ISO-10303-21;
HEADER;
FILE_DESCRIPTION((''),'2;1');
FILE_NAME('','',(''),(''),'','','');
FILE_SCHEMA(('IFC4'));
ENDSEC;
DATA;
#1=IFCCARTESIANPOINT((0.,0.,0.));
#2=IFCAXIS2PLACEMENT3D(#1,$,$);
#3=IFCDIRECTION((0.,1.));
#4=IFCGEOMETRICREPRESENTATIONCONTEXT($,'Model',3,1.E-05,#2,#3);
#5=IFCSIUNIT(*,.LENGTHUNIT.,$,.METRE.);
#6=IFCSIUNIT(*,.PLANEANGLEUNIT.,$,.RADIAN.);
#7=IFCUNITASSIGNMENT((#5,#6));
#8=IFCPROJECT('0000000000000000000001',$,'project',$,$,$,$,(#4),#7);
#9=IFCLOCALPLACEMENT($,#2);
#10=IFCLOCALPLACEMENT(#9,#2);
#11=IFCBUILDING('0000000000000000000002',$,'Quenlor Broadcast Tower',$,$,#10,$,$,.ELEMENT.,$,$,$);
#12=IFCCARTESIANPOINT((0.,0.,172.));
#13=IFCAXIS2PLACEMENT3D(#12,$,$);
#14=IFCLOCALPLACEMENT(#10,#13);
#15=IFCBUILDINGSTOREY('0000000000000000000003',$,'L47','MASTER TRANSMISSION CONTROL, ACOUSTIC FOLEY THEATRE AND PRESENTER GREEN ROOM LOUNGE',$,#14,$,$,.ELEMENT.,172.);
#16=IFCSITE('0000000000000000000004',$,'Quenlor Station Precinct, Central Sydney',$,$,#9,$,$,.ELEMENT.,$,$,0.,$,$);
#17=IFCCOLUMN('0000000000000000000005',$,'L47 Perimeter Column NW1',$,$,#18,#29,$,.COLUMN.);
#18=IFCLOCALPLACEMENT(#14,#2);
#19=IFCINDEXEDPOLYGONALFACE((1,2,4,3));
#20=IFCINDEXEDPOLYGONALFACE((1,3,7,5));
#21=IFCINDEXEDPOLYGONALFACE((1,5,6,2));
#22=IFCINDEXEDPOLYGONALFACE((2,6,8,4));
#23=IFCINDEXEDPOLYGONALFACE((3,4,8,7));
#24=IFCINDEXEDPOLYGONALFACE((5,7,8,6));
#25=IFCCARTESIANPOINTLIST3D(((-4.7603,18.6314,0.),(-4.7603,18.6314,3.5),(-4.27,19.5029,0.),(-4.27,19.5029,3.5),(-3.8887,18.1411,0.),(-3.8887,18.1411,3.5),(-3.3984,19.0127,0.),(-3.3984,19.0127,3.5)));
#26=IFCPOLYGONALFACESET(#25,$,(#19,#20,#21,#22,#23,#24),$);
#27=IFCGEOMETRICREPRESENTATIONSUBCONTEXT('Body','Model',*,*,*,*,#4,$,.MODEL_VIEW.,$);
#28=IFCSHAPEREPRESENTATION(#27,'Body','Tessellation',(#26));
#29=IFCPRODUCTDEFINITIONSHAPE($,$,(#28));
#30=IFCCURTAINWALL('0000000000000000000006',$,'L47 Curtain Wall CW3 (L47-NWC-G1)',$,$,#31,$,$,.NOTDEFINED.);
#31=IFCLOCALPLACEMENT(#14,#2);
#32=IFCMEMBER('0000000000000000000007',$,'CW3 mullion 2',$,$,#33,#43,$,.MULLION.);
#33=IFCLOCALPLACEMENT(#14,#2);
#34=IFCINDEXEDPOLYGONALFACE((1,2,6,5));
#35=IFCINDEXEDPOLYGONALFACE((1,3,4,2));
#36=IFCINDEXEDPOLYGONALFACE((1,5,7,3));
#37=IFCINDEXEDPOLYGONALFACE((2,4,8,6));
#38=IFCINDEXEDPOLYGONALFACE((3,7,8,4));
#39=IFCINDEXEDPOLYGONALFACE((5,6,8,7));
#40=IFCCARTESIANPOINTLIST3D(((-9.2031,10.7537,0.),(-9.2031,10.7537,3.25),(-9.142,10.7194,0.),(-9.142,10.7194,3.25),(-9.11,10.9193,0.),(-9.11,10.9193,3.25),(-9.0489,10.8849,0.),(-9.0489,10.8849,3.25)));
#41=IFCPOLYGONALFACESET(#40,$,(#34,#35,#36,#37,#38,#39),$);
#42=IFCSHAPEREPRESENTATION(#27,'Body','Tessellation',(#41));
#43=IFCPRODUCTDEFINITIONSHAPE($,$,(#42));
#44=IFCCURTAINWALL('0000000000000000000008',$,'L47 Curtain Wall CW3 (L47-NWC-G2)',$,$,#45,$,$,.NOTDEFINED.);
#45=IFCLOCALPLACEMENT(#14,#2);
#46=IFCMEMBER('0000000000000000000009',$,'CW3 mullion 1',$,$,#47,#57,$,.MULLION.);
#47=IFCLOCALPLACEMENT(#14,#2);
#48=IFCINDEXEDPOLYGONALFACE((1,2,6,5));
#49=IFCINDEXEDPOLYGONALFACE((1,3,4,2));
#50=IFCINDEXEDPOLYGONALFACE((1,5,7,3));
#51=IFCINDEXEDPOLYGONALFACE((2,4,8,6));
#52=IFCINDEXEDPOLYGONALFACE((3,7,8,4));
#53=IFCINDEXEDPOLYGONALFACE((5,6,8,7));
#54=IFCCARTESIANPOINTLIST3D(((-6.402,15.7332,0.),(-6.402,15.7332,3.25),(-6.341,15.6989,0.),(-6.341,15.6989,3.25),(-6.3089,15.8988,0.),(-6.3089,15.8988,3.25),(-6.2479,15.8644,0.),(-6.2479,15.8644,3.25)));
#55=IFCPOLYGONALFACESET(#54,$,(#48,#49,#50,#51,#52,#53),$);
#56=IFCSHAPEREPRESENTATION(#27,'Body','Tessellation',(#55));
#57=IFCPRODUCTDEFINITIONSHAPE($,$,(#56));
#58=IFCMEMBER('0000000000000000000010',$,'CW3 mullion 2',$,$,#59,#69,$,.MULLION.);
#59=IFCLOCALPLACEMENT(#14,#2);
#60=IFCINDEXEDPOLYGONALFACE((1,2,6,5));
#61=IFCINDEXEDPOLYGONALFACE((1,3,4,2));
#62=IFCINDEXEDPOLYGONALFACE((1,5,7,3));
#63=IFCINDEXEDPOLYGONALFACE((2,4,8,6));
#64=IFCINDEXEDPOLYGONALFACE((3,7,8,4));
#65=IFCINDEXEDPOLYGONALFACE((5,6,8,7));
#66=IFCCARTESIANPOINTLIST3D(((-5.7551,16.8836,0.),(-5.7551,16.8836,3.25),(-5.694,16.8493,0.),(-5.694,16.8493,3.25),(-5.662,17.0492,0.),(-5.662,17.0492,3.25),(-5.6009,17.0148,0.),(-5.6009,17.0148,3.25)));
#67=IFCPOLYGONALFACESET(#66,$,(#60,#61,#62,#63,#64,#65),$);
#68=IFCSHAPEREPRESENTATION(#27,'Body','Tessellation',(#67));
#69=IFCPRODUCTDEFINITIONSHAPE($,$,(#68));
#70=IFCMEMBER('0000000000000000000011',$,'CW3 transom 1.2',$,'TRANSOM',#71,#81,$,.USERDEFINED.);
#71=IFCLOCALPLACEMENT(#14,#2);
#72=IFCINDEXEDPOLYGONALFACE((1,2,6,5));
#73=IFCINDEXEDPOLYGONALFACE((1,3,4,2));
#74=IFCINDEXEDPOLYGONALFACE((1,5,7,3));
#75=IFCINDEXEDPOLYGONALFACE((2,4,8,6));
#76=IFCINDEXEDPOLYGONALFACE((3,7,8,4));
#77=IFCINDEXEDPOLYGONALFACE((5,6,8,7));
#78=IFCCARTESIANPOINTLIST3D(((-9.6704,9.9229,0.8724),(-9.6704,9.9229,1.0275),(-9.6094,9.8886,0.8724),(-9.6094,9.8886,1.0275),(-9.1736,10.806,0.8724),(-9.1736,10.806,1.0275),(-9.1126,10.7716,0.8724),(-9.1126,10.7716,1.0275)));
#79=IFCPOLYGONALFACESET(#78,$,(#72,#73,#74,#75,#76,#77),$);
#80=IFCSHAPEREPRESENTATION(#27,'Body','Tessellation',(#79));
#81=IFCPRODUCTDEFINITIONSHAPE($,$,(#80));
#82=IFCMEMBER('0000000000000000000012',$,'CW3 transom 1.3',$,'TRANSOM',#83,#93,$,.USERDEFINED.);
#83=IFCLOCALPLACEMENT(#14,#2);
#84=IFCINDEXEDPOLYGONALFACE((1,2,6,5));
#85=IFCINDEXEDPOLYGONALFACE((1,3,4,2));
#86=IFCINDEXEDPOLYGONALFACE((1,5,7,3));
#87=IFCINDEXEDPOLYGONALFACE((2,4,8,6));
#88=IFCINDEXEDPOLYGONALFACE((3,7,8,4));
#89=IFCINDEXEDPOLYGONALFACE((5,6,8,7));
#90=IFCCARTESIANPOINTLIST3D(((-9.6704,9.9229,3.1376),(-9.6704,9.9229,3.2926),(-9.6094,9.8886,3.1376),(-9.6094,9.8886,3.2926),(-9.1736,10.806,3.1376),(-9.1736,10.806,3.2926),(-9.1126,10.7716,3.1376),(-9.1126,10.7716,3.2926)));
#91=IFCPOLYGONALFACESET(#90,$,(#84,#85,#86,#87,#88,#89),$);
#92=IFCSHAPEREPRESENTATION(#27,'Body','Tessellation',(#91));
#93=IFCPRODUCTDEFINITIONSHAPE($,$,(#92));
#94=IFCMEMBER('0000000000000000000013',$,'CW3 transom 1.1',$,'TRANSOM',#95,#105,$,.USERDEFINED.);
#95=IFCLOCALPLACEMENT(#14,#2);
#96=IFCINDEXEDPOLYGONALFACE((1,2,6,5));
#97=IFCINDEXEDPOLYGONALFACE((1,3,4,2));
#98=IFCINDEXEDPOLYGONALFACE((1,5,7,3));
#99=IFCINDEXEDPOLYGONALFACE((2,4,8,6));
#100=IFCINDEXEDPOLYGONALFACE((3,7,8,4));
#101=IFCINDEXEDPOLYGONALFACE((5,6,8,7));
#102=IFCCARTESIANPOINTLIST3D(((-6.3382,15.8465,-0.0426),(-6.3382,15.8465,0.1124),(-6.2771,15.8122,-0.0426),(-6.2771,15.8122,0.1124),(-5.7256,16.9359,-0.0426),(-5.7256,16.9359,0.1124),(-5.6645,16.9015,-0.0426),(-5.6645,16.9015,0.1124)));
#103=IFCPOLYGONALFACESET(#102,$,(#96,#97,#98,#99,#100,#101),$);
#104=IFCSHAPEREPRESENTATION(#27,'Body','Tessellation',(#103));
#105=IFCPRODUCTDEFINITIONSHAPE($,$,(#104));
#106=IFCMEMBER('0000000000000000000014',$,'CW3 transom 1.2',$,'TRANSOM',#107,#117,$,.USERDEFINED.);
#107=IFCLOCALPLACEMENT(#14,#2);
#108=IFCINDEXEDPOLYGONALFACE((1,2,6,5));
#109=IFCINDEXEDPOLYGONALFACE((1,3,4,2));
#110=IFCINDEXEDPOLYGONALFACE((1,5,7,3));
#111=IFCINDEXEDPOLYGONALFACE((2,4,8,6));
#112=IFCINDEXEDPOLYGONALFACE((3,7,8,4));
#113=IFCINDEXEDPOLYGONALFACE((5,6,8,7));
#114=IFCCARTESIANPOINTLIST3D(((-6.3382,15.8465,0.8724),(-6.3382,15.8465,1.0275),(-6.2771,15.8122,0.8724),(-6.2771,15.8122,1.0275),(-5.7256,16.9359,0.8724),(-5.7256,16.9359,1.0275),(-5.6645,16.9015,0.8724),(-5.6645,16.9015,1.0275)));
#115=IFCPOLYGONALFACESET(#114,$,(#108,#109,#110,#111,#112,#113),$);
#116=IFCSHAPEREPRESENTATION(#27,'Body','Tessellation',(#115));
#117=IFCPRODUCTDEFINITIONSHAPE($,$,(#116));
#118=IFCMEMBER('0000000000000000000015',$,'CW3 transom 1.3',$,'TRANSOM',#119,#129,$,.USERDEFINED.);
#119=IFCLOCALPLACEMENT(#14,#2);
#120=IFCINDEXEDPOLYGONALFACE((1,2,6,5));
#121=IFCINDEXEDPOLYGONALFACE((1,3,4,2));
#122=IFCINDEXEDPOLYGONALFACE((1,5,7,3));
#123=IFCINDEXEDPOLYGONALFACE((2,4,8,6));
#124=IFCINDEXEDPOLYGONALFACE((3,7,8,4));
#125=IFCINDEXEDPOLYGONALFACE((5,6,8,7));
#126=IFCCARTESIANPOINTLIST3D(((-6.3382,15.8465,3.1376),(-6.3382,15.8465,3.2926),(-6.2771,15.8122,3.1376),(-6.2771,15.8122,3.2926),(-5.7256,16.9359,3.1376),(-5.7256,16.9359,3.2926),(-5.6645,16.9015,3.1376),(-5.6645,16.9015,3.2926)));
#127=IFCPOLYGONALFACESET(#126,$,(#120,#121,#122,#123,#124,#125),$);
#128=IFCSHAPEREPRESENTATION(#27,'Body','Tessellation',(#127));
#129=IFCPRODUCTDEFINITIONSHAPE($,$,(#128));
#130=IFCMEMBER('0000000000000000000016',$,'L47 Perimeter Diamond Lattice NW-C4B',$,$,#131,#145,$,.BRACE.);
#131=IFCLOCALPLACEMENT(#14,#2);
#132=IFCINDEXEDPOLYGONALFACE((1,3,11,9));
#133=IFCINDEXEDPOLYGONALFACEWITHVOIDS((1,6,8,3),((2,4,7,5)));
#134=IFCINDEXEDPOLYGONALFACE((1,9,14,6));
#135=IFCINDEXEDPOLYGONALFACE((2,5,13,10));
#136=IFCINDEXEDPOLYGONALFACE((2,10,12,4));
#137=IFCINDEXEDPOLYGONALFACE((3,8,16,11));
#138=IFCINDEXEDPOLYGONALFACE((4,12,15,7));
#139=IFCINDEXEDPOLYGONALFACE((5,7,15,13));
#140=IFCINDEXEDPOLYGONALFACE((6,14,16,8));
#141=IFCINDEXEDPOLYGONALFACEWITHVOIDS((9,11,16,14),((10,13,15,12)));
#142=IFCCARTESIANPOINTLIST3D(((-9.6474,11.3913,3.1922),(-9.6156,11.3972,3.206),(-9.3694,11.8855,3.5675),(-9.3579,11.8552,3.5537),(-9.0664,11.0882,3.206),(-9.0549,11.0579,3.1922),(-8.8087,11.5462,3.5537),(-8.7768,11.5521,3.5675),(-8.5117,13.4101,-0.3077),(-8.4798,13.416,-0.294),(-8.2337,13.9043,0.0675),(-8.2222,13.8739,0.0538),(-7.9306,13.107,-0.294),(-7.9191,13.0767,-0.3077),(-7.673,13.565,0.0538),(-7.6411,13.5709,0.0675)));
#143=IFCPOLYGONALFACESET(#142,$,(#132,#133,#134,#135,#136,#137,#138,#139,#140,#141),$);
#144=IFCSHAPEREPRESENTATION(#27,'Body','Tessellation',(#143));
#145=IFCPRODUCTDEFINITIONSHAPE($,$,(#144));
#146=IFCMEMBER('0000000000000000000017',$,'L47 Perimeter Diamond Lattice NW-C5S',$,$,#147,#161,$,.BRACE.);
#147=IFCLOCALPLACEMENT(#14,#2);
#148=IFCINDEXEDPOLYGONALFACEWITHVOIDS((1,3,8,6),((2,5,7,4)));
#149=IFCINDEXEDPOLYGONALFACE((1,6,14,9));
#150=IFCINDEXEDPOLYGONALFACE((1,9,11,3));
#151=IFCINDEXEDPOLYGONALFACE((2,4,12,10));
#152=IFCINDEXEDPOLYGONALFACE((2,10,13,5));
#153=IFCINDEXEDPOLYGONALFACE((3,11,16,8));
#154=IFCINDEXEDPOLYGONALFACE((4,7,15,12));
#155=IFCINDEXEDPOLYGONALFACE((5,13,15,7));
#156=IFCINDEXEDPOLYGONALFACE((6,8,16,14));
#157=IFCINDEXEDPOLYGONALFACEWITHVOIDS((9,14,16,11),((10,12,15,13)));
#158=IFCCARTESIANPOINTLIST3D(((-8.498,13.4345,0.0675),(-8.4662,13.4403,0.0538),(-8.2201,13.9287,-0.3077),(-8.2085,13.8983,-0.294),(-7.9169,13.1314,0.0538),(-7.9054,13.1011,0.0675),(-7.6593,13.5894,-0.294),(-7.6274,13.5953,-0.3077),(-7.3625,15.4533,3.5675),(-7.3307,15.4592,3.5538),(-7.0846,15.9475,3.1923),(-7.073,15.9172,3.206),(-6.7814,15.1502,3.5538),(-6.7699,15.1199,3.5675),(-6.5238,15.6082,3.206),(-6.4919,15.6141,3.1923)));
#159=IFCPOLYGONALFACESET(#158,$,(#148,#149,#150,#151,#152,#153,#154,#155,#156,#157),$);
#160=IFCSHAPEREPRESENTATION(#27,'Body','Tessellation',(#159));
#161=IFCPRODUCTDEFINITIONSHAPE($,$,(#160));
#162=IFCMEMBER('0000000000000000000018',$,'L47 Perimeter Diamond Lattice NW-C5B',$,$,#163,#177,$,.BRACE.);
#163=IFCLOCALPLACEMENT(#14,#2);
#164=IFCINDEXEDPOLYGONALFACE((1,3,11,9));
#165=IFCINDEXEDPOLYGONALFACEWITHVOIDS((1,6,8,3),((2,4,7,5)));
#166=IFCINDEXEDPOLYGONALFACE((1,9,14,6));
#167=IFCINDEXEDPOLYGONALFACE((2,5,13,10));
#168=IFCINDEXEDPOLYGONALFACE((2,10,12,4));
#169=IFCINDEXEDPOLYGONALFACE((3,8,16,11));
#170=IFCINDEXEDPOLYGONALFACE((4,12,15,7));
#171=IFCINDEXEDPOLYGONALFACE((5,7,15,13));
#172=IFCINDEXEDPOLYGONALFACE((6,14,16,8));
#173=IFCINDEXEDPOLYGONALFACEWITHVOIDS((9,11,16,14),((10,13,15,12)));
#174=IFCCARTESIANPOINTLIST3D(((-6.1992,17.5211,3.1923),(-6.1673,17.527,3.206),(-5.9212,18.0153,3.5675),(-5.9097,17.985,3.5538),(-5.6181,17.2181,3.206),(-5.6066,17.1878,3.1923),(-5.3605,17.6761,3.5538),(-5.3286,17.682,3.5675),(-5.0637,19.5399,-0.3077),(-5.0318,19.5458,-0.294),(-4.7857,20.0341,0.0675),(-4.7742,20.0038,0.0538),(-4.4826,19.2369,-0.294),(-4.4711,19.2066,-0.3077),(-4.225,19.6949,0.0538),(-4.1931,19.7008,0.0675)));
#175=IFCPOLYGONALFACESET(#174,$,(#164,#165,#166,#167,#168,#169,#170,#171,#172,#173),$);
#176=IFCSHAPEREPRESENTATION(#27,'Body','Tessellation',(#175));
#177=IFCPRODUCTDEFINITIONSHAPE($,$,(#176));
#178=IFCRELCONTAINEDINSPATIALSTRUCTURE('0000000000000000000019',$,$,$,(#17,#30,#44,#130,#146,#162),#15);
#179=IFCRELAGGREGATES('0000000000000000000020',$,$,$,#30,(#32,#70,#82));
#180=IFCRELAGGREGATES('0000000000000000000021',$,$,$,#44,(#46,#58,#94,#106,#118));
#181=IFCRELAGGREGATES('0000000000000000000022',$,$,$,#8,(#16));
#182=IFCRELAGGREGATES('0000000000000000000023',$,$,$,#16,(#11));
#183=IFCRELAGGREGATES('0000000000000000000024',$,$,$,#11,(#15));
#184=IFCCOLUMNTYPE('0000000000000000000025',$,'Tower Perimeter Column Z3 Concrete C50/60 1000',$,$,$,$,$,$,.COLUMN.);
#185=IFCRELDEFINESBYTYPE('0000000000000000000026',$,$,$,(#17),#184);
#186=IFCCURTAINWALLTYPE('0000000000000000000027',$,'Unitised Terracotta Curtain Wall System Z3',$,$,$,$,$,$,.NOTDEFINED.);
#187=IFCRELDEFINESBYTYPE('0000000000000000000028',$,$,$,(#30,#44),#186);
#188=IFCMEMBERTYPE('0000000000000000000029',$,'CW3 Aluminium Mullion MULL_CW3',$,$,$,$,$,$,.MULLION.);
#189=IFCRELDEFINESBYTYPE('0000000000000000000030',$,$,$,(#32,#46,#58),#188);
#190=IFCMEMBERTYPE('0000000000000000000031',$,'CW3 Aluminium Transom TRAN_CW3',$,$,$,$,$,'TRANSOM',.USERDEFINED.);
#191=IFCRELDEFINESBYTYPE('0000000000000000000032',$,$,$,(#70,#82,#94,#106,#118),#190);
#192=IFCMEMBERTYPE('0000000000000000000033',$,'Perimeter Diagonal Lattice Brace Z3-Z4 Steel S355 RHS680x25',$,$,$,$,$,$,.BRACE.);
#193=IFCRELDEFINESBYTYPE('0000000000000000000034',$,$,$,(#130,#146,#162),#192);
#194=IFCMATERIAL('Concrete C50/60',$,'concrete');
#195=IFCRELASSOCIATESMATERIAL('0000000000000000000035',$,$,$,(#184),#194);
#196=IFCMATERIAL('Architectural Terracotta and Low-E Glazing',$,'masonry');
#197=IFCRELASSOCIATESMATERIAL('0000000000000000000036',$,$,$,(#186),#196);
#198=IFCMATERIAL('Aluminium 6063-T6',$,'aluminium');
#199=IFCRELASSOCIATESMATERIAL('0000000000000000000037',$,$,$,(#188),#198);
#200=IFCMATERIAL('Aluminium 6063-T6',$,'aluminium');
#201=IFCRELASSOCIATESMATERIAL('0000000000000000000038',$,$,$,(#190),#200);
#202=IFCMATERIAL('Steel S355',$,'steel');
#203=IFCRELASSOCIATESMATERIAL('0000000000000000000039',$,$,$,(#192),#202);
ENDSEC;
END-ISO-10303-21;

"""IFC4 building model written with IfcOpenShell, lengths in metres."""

from ifc_helpers import new_model, si_unit, direction, frame, origin, origin_2d, place, context, subcontext, project, spatial, rectangle, hollow_rectangle, extrude, material, material_profile, profile_set, type_object, element, aggregate, save


model = new_model("IFC4")

# Units and contexts
model_context = context("Model", 3, precision=1e-05, world=origin(), true_north=direction((0.0, 1.0)))
body_context = subcontext(model_context, "Body", "Model", "MODEL_VIEW")
ifc_project = project(units=[si_unit("LENGTHUNIT", "METRE"), si_unit("PLANEANGLEUNIT", "RADIAN")], contexts=[model_context])

# Site, building, storey
site_placement = place(None, origin())
site = spatial("IfcSite", under=ifc_project, at=site_placement, Name="Quenlor Station Precinct, Central Sydney", CompositionType="ELEMENT", RefElevation=0.0)
building_placement = place(site_placement, origin())
building = spatial("IfcBuilding", under=site, at=building_placement, Name="Quenlor Broadcast Tower", CompositionType="ELEMENT")
storey_placement = place(building_placement, frame((0.0, 0.0, 172.0)))
storey = spatial("IfcBuildingStorey", under=building, at=storey_placement, Name="L47", Description="MASTER TRANSMISSION CONTROL, ACOUSTIC FOLEY THEATRE AND PRESENTER GREEN ROOM LOUNGE", CompositionType="ELEMENT", Elevation=172.0)

# Column
ifc_material_1 = material(Name="Concrete C50/60", Category="concrete")
ifc_material_profile_1 = material_profile(ifc_material_1, rectangle(XDim=1.0, YDim=1.0, at=origin_2d()))
ifc_profile_set_1 = profile_set([ifc_material_profile_1], Name="Concrete C50/60 RC1000x1000")
column_type = type_object("IfcColumnType", Name="Tower Perimeter Column Z3 Concrete C50/60 1000", PredefinedType="COLUMN", material=ifc_profile_set_1)
column_placement = place(storey_placement, frame((-4.0793, 18.822, 0.0), z_axis=(0.0, 0.0, 1.0), x_axis=(-0.871575, 0.490262, 0.0)))
element("IfcColumn", 1, at=column_placement, inside=storey, type_object=column_type, Name="L47 Perimeter Column NW1", PredefinedType="COLUMN", context=body_context, shape_type="SweptSolid", body=[
    extrude(rectangle(XDim=1.0, YDim=1.0, at=origin_2d()), origin(), (0.0, 0.0, 1.0), 3.5),
])

# Curtain wall, member
ifc_material_2 = material(Name="Architectural Terracotta and Low-E Glazing", Category="masonry")
curtain_wall_type = type_object("IfcCurtainWallType", Name="Unitised Terracotta Curtain Wall System Z3", PredefinedType="NOTDEFINED", material=ifc_material_2)
curtain_wall_1_placement = place(storey_placement, origin())
curtain_wall_1 = element("IfcCurtainWall", 2, at=curtain_wall_1_placement, inside=storey, type_object=curtain_wall_type, Name="L47 Curtain Wall CW3 (L47-NWC-G1)", PredefinedType="NOTDEFINED")
ifc_material_3 = material(Name="Aluminium 6063-T6", Category="aluminium")
ifc_material_profile_2 = material_profile(ifc_material_3, rectangle(XDim=0.0701, YDim=0.1899, at=origin_2d()))
ifc_profile_set_2 = profile_set([ifc_material_profile_2], Name="Aluminium 6063-T6 MULL70x190")
member_type_1 = type_object("IfcMemberType", Name="CW3 Aluminium Mullion MULL_CW3", PredefinedType="MULLION", material=ifc_profile_set_2)
member_1_placement = place(storey_placement, frame((-9.126, 10.8193, 0.0), z_axis=(0.0, 0.0, 1.0), x_axis=(-0.871601, 0.490216, 0.0)))
member_1 = element("IfcMember", 3, at=member_1_placement, type_object=member_type_1, Name="CW3 mullion 2", PredefinedType="MULLION", context=body_context, shape_type="SweptSolid", body=[
    extrude(rectangle(XDim=0.0701, YDim=0.1899, at=origin_2d()), origin(), (0.0, 0.0, 1.0), 3.25),
])

# Curtain wall, members
curtain_wall_2_placement = place(storey_placement, origin())
curtain_wall_2 = element("IfcCurtainWall", 4, at=curtain_wall_2_placement, inside=storey, type_object=curtain_wall_type, Name="L47 Curtain Wall CW3 (L47-NWC-G2)", PredefinedType="NOTDEFINED")
member_2_placement = place(storey_placement, frame((-6.325, 15.7988, 0.0), z_axis=(0.0, 0.0, 1.0), x_axis=(-0.871593, 0.49023, 0.0)))
member_2 = element("IfcMember", 5, at=member_2_placement, type_object=member_type_1, Name="CW3 mullion 1", PredefinedType="MULLION", context=body_context, shape_type="SweptSolid", body=[
    extrude(rectangle(XDim=0.0701, YDim=0.1899, at=origin_2d()), origin(), (0.0, 0.0, 1.0), 3.25),
])
member_3_placement = place(storey_placement, frame((-5.678, 16.9492, 0.0), z_axis=(0.0, 0.0, 1.0), x_axis=(-0.871593, 0.49023, 0.0)))
member_3 = element("IfcMember", 6, at=member_3_placement, type_object=member_type_1, Name="CW3 mullion 2", PredefinedType="MULLION", context=body_context, shape_type="SweptSolid", body=[
    extrude(rectangle(XDim=0.0701, YDim=0.1899, at=origin_2d()), origin(), (0.0, 0.0, 1.0), 3.25),
])

# Members
ifc_material_4 = material(Name="Aluminium 6063-T6", Category="aluminium")
ifc_material_profile_3 = material_profile(ifc_material_4, rectangle(XDim=0.0701, YDim=0.155, at=origin_2d()))
ifc_profile_set_3 = profile_set([ifc_material_profile_3], Name="Aluminium 6063-T6 TRAN70x155")
member_type_2 = type_object("IfcMemberType", Name="CW3 Aluminium Transom TRAN_CW3", ElementType="TRANSOM", PredefinedType="USERDEFINED", material=ifc_profile_set_3)
member_4_placement = place(storey_placement, frame((-9.6399, 9.9058, 0.95), z_axis=(0.490341, 0.87153, 0.0), x_axis=(-0.87153, 0.490341, 0.0)))
member_4 = element("IfcMember", 7, at=member_4_placement, type_object=member_type_2, Name="CW3 transom 1.2", ObjectType="TRANSOM", PredefinedType="USERDEFINED", context=body_context, shape_type="SweptSolid", body=[
    extrude(rectangle(XDim=0.0701, YDim=0.155, at=origin_2d()), origin(), (0.0, 0.0, 1.0), 1.0132),
])
member_5_placement = place(storey_placement, frame((-9.6399, 9.9058, 3.2151), z_axis=(0.490341, 0.87153, 0.0), x_axis=(-0.87153, 0.490341, 0.0)))
member_5 = element("IfcMember", 8, at=member_5_placement, type_object=member_type_2, Name="CW3 transom 1.3", ObjectType="TRANSOM", PredefinedType="USERDEFINED", context=body_context, shape_type="SweptSolid", body=[
    extrude(rectangle(XDim=0.0701, YDim=0.155, at=origin_2d()), origin(), (0.0, 0.0, 1.0), 1.0132),
])
member_6_placement = place(storey_placement, frame((-6.3076, 15.8293, 0.0349), z_axis=(0.490131, 0.871649, 0.0), x_axis=(-0.871649, 0.490131, 0.0)))
member_6 = element("IfcMember", 9, at=member_6_placement, type_object=member_type_2, Name="CW3 transom 1.1", ObjectType="TRANSOM", PredefinedType="USERDEFINED", context=body_context, shape_type="SweptSolid", body=[
    extrude(rectangle(XDim=0.0701, YDim=0.155, at=origin_2d()), origin(), (0.0, 0.0, 1.0), 1.2498),
])
member_7_placement = place(storey_placement, frame((-6.3076, 15.8293, 0.95), z_axis=(0.490131, 0.871649, 0.0), x_axis=(-0.871649, 0.490131, 0.0)))
member_7 = element("IfcMember", 10, at=member_7_placement, type_object=member_type_2, Name="CW3 transom 1.2", ObjectType="TRANSOM", PredefinedType="USERDEFINED", context=body_context, shape_type="SweptSolid", body=[
    extrude(rectangle(XDim=0.0701, YDim=0.155, at=origin_2d()), origin(), (0.0, 0.0, 1.0), 1.2498),
])
member_8_placement = place(storey_placement, frame((-6.3076, 15.8293, 3.2151), z_axis=(0.490131, 0.871649, 0.0), x_axis=(-0.871649, 0.490131, 0.0)))
member_8 = element("IfcMember", 11, at=member_8_placement, type_object=member_type_2, Name="CW3 transom 1.3", ObjectType="TRANSOM", PredefinedType="USERDEFINED", context=body_context, shape_type="SweptSolid", body=[
    extrude(rectangle(XDim=0.0701, YDim=0.155, at=origin_2d()), origin(), (0.0, 0.0, 1.0), 1.2498),
])

# Members
ifc_material_5 = material(Name="Steel S355", Category="steel")
ifc_material_profile_4 = material_profile(ifc_material_5, hollow_rectangle(XDim=0.6799, YDim=0.6799, WallThickness=0.0249, at=origin_2d()))
ifc_profile_set_4 = profile_set([ifc_material_profile_4], Name="Steel S355 RHS680x680x25")
member_type_3 = type_object("IfcMemberType", Name="Perimeter Diagonal Lattice Brace Z3-Z4 Steel S355 RHS680x25", PredefinedType="BRACE", material=ifc_profile_set_4)
for number, where, z_axis, x_axis, name in (
    (12, (-8.0764, 13.4905, -0.1201), (-0.270603, -0.481001, 0.833914), (0.871545, -0.490316, 0.0), "L47 Perimeter Diamond Lattice NW-C4B"),
    (13, (-8.0627, 13.5149, -0.1201), (0.270549, 0.481009, 0.833927), (-0.87159, 0.490236, 0.0), "L47 Perimeter Diamond Lattice NW-C5S"),
    (14, (-4.6284, 19.6204, -0.1201), (-0.270549, -0.481009, 0.833927), (0.87159, -0.490236, 0.0), "L47 Perimeter Diamond Lattice NW-C5B"),
):
    element("IfcMember", number, at=place(storey_placement, frame(where, z_axis=z_axis, x_axis=x_axis)), inside=storey, type_object=member_type_3, Name=name, PredefinedType="BRACE", context=body_context, shape_type="SweptSolid", body=[
        extrude(hollow_rectangle(XDim=0.6799, YDim=0.6799, WallThickness=0.0249, at=origin_2d()), origin(), (0.0, 0.0, 1.0), 4.197),
    ])

aggregate(curtain_wall_1, [member_1, member_4, member_5])
aggregate(curtain_wall_2, [member_2, member_3, member_6, member_7, member_8])

save(model, "model.ifc")
